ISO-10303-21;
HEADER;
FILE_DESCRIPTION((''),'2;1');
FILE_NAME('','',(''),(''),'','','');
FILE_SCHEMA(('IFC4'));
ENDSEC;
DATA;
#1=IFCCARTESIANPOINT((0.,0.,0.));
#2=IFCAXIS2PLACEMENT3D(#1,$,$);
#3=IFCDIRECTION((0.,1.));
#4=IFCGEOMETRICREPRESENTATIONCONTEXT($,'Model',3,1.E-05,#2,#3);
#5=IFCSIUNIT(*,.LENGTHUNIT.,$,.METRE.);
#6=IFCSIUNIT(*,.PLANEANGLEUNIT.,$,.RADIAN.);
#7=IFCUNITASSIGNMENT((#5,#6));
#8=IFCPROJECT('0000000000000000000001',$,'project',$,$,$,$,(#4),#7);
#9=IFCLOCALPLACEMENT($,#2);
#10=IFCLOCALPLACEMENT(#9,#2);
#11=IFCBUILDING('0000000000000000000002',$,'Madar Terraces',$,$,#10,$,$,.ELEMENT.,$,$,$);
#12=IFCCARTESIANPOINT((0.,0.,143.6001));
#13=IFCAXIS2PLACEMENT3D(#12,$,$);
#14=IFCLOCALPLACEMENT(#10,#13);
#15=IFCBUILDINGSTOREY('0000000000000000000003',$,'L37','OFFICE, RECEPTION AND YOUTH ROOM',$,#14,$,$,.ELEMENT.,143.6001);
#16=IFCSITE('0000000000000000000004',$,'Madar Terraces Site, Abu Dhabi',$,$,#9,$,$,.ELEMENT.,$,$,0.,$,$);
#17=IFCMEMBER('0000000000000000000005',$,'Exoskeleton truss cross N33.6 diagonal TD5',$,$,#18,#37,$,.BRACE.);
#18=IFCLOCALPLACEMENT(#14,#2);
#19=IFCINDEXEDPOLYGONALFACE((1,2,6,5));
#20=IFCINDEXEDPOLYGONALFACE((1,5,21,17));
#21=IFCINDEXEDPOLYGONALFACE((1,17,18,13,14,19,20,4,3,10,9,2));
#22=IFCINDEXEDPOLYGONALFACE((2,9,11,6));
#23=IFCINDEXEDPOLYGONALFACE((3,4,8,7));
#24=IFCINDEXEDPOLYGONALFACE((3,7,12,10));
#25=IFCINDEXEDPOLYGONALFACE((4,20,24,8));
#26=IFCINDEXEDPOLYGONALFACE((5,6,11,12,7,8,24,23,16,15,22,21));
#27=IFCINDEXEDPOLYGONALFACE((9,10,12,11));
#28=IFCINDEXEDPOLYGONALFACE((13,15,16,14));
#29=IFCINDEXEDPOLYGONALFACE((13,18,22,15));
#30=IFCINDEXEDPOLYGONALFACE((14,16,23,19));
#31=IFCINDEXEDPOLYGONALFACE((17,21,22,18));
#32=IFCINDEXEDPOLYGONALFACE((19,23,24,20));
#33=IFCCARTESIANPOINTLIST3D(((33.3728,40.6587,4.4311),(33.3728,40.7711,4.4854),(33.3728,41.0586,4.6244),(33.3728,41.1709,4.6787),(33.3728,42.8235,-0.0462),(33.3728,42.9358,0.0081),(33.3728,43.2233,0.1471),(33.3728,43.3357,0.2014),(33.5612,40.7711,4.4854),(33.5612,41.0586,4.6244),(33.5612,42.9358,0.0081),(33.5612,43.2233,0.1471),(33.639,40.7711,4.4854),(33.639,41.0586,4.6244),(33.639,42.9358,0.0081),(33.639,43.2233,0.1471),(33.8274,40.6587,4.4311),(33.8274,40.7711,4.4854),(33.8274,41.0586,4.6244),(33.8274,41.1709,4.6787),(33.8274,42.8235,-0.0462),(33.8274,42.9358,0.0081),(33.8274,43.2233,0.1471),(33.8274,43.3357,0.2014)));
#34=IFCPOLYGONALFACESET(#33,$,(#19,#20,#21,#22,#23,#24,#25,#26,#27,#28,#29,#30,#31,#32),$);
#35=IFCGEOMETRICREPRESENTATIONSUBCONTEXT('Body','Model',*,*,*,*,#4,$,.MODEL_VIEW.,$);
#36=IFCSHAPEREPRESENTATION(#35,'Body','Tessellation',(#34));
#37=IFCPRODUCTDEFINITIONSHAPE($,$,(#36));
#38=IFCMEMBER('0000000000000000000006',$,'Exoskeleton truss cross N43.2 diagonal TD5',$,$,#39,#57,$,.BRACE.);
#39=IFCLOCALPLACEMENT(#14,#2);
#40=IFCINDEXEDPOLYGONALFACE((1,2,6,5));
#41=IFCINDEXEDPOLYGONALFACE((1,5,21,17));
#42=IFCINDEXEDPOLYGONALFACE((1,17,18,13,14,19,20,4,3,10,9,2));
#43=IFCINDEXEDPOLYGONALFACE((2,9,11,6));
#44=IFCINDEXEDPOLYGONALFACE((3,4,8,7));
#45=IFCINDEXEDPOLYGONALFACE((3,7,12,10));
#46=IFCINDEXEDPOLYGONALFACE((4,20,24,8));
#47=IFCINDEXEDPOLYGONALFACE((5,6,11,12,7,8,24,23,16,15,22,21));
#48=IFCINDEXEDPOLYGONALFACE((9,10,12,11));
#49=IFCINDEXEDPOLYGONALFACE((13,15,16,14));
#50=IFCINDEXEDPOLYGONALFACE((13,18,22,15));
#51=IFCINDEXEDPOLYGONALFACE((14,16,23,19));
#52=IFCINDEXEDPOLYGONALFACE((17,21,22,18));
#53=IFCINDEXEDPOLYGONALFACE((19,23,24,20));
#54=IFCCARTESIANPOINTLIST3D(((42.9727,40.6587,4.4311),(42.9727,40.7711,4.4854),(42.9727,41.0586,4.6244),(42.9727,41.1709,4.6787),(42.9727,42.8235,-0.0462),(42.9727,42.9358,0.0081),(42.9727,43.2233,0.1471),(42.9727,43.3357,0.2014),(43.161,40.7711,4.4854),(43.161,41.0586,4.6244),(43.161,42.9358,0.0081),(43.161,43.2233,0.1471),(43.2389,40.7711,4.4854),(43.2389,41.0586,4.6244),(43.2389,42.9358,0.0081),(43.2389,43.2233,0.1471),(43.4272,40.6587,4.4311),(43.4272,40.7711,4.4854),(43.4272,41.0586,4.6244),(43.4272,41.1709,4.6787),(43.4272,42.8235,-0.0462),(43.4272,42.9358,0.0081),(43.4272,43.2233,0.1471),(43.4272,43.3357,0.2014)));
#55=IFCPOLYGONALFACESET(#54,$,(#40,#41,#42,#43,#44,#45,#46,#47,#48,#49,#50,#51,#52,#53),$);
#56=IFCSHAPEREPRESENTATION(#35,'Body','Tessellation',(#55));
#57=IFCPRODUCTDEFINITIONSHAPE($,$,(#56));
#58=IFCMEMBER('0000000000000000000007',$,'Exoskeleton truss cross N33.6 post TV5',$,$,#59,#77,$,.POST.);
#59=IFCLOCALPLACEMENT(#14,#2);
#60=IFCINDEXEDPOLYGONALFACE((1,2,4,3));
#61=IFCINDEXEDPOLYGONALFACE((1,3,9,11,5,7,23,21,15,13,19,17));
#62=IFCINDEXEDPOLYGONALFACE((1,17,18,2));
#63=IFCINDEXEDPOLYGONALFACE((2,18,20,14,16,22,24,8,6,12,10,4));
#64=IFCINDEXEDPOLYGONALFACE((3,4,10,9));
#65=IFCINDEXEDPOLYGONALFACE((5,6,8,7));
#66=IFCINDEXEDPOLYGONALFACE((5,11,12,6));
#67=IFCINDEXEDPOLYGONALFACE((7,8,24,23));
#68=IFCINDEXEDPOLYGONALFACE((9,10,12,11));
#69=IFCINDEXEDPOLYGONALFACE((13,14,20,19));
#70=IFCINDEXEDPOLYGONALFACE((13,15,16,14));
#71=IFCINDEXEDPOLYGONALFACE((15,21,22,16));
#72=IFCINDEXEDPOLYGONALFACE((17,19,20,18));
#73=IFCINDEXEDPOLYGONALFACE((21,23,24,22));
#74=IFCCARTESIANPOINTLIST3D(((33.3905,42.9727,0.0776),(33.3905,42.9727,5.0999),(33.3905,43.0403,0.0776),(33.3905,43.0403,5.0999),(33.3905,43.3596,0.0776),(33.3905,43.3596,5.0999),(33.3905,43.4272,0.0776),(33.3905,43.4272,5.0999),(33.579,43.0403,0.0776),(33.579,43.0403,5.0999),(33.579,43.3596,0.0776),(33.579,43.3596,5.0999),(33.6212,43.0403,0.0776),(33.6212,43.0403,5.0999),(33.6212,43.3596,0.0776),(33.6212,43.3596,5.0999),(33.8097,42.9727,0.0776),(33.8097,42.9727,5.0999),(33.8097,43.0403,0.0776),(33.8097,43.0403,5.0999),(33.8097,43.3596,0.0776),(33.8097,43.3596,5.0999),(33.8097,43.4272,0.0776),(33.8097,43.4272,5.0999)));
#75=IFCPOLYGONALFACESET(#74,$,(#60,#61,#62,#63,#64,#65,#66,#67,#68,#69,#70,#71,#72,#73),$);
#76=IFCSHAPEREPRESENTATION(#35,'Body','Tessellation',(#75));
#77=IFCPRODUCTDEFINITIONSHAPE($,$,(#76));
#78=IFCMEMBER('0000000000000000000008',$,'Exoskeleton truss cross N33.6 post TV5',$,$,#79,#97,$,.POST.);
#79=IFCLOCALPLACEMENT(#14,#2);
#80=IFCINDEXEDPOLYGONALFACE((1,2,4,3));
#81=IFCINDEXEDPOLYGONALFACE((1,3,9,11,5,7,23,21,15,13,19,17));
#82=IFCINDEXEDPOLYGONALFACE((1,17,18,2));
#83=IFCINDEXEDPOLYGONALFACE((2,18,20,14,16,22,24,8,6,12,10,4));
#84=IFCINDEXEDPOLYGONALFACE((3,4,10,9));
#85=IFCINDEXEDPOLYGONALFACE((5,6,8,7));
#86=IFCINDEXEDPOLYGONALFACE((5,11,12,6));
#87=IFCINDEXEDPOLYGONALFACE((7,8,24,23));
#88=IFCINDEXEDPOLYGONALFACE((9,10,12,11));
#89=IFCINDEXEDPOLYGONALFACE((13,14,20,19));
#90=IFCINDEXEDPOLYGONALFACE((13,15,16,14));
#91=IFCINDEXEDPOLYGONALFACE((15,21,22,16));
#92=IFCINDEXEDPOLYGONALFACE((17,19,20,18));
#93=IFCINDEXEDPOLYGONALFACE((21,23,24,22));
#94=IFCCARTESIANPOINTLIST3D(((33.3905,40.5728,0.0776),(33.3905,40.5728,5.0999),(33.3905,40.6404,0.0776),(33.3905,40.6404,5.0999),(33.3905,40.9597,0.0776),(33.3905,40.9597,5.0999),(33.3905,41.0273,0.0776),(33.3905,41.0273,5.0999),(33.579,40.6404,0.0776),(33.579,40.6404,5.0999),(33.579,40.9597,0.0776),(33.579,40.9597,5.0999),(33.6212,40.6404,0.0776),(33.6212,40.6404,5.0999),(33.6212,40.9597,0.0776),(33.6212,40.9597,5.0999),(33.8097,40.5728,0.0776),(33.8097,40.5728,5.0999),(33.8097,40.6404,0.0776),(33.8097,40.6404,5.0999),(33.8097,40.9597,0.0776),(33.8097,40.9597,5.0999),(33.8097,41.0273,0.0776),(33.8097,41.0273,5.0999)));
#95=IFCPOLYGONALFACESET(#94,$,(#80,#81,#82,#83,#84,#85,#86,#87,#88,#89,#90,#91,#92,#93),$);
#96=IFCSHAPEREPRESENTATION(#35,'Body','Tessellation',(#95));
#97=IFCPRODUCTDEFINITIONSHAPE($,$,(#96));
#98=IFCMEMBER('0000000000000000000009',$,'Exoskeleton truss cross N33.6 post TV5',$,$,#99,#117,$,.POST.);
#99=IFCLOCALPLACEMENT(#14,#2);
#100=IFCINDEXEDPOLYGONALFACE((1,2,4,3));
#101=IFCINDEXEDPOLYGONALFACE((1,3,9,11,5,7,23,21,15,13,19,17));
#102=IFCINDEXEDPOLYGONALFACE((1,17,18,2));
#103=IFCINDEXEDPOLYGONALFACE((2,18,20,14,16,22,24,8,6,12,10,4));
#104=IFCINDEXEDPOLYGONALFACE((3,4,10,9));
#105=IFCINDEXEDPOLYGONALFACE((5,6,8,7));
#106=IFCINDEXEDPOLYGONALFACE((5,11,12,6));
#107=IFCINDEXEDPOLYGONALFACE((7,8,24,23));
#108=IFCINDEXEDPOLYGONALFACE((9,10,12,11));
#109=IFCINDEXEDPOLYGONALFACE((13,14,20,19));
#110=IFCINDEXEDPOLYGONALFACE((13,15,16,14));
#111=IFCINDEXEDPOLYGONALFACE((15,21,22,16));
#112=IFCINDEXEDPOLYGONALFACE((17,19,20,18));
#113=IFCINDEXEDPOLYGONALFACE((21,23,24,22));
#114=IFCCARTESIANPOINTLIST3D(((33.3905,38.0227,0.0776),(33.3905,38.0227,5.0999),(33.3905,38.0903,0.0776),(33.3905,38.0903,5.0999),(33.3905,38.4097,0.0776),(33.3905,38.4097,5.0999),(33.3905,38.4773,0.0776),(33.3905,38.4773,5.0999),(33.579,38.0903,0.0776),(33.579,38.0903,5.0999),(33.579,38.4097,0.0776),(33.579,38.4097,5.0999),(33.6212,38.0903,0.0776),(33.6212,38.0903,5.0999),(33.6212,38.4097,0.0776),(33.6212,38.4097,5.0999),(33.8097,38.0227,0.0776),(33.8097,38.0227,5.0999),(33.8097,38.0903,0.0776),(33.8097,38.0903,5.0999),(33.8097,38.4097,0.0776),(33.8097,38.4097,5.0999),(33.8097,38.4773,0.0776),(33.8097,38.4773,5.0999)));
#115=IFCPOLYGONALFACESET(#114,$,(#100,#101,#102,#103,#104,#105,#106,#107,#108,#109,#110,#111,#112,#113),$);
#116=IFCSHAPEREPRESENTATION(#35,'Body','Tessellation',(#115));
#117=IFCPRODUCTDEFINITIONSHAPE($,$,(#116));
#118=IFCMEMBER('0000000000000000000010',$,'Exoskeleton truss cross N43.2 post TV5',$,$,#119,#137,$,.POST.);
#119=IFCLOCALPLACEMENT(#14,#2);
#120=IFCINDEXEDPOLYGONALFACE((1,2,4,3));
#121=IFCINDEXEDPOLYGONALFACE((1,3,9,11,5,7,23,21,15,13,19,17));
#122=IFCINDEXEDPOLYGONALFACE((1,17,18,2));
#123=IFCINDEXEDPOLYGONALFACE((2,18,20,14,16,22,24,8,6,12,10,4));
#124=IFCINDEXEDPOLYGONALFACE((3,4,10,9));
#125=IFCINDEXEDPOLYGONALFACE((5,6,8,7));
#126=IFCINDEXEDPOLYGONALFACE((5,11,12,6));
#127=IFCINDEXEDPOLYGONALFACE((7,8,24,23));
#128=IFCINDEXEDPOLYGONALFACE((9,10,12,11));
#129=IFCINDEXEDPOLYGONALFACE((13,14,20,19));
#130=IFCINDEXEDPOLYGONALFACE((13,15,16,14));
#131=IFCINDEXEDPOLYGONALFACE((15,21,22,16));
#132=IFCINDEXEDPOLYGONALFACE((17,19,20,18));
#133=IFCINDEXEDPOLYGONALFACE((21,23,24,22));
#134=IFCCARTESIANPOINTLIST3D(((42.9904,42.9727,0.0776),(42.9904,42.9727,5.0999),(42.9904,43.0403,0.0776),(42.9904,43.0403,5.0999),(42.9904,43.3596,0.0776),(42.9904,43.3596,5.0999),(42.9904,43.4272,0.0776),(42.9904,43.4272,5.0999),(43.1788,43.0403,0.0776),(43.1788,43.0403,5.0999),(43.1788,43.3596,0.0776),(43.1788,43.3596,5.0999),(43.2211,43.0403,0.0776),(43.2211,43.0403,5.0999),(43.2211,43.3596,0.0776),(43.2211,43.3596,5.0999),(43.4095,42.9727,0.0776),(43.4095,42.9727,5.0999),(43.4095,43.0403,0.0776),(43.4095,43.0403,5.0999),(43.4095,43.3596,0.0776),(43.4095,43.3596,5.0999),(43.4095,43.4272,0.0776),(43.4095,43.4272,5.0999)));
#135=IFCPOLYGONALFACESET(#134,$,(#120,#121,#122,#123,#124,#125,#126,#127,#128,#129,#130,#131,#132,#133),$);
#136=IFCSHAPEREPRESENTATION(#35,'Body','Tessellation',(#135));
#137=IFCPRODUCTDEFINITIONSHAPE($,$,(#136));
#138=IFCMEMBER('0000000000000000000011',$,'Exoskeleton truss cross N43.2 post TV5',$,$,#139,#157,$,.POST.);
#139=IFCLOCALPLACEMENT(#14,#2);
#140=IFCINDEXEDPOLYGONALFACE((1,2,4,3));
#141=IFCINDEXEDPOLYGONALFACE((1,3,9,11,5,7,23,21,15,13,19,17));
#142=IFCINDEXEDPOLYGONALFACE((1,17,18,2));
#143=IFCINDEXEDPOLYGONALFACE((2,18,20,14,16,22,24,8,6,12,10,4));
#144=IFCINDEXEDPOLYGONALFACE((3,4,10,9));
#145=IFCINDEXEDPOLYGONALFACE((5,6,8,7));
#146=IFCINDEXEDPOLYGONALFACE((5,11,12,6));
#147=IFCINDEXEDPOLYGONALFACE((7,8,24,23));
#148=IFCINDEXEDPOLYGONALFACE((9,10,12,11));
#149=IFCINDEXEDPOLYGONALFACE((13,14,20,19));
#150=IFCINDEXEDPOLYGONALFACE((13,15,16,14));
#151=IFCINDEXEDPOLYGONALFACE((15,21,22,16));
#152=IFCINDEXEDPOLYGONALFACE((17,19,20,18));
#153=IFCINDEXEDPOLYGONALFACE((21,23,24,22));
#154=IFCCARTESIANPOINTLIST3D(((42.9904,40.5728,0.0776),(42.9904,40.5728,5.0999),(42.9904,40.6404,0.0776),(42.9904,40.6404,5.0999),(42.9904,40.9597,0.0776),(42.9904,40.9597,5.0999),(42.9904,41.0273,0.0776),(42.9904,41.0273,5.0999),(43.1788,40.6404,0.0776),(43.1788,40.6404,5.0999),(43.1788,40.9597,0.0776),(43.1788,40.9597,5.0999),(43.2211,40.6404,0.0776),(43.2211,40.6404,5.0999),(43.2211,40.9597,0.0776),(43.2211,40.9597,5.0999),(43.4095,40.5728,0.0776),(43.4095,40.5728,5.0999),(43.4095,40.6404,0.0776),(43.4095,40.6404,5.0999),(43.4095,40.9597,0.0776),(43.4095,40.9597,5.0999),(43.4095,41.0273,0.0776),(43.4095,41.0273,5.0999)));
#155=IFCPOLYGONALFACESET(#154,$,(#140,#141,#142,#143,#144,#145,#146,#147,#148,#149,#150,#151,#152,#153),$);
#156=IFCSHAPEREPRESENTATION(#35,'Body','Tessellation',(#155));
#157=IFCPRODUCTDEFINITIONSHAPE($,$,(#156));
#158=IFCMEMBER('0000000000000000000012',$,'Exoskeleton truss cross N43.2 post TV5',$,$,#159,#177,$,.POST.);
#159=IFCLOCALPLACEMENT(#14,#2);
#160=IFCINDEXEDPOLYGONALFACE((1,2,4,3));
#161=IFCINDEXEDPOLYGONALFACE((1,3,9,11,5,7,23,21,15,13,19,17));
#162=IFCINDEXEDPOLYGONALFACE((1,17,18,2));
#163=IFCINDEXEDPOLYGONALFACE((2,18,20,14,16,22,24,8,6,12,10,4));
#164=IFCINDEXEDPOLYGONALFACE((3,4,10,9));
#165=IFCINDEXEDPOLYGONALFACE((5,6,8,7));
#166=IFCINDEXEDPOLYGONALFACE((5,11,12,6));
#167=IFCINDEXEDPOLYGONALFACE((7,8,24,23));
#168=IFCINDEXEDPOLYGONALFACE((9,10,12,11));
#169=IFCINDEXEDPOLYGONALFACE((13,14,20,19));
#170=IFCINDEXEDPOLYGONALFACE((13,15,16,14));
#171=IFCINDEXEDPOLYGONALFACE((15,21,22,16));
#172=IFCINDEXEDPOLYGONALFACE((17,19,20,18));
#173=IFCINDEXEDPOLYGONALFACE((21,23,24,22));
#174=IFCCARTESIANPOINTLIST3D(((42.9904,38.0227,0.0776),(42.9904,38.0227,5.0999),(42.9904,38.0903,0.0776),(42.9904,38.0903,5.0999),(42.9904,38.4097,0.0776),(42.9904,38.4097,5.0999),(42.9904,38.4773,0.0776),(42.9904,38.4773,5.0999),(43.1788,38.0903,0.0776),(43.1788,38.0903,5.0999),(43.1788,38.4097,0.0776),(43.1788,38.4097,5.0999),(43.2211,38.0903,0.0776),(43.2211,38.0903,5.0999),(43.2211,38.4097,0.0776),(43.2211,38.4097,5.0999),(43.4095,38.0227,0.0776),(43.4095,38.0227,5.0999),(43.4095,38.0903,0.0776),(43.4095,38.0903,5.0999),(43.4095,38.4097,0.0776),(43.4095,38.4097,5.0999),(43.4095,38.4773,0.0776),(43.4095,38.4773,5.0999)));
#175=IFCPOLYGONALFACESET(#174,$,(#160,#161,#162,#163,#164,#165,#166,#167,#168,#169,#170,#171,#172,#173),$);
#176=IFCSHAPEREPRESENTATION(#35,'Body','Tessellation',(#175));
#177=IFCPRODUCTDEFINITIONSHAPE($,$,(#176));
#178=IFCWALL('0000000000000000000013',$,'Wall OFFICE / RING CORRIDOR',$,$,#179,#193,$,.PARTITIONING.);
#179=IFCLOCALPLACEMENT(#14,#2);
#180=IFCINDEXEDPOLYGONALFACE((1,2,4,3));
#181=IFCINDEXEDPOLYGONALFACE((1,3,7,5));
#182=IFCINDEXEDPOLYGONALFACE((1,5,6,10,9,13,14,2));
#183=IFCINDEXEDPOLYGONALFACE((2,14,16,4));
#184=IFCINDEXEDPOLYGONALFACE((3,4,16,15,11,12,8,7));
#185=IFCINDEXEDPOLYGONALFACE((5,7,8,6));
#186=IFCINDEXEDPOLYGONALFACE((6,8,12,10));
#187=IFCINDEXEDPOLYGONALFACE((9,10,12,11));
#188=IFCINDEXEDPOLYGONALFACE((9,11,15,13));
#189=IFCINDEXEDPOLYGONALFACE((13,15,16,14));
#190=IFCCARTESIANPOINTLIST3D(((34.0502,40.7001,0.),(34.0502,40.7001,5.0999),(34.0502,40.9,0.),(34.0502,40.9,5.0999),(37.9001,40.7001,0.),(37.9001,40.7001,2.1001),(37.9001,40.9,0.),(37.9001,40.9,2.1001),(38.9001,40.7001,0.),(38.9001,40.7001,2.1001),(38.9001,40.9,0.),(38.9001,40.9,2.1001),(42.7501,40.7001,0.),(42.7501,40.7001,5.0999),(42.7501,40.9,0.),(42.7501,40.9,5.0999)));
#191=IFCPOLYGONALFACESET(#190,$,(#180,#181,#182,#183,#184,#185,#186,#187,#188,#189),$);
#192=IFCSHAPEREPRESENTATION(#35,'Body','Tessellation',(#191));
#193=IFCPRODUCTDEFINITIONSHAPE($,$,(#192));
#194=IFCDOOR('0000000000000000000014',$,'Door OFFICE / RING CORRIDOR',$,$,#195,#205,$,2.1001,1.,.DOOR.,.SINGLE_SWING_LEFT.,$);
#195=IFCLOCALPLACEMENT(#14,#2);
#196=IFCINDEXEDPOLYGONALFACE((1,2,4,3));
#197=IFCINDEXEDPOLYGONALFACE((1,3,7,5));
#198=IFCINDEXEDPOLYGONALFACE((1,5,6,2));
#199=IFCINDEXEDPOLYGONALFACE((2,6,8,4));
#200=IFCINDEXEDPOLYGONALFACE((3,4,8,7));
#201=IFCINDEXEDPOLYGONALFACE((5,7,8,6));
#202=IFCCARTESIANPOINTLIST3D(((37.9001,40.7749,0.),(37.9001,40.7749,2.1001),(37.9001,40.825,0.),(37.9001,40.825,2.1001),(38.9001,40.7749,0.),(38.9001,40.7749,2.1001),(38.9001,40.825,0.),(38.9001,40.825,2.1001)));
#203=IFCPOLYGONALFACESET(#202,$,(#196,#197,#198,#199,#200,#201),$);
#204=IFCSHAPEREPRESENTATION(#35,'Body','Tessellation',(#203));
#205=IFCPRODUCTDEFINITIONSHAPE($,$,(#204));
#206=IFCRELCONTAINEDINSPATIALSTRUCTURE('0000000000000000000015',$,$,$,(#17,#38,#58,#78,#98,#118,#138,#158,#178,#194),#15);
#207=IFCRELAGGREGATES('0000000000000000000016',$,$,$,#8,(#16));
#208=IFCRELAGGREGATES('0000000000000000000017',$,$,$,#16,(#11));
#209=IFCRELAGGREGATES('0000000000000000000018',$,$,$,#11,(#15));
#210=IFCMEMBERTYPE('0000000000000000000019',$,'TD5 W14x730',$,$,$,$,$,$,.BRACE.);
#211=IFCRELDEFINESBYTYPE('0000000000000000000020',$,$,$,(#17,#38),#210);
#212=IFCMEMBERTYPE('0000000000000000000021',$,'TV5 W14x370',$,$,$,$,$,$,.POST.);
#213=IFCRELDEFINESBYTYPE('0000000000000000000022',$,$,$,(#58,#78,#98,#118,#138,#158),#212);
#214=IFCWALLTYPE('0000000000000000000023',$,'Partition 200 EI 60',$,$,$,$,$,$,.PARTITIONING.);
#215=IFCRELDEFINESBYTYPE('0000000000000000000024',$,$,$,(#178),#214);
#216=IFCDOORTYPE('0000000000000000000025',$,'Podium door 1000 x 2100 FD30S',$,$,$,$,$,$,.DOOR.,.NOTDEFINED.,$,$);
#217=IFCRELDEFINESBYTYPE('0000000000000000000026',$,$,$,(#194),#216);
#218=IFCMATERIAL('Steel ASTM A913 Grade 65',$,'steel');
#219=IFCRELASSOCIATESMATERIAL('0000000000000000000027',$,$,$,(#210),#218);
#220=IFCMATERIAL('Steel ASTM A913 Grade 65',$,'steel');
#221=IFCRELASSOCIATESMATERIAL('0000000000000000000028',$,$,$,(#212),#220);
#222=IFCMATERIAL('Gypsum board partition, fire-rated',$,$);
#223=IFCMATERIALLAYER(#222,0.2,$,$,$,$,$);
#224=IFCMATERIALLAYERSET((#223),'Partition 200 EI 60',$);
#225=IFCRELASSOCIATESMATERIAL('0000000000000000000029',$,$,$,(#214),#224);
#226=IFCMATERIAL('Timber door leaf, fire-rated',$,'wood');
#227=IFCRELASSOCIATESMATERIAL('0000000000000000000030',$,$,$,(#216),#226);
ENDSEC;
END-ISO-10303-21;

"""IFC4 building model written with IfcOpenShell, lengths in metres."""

from ifc_helpers import new_model, si_unit, direction, frame, frame_2d, origin, origin_2d, place, context, subcontext, project, spatial, rectangle, i_section, extrude, material, layer, layer_set, material_profile, profile_set, type_object, element, fill, save


model = new_model("IFC4")

# Units and contexts
model_context = context("Model", 3, precision=1e-05, world=origin(), true_north=direction((0.0, 1.0)))
body_context = subcontext(model_context, "Body", "Model", "MODEL_VIEW")
ifc_project = project(units=[si_unit("LENGTHUNIT", "METRE"), si_unit("PLANEANGLEUNIT", "RADIAN")], contexts=[model_context])

# Site, building, storey
site_placement = place(None, origin())
site = spatial("IfcSite", under=ifc_project, at=site_placement, Name="Madar Terraces Site, Abu Dhabi", CompositionType="ELEMENT", RefElevation=0.0)
building_placement = place(site_placement, origin())
building = spatial("IfcBuilding", under=site, at=building_placement, Name="Madar Terraces", CompositionType="ELEMENT")
storey_placement = place(building_placement, frame((0.0, 0.0, 143.6001)))
storey = spatial("IfcBuildingStorey", under=building, at=storey_placement, Name="L37", Description="OFFICE, RECEPTION AND YOUTH ROOM", CompositionType="ELEMENT", Elevation=143.6001)

# Members
ifc_material_1 = material(Name="Steel ASTM A913 Grade 65", Category="steel")
ifc_material_profile_1 = material_profile(ifc_material_1, i_section(OverallWidth=0.4546, OverallDepth=0.5688, WebThickness=0.0779, FlangeThickness=0.1248, at=origin_2d()), Name="W14x730")
ifc_profile_set_1 = profile_set([ifc_material_profile_1], Name="Steel ASTM A913 Grade 65")
member_type_1 = type_object("IfcMemberType", Name="TD5 W14x730", PredefinedType="BRACE", material=ifc_profile_set_1)
for number, where, z_axis, x_axis, name in (
    (1, (33.6001, 43.0796, 0.0776), (0.0, -0.435294, 0.900288), (1.0, 0.0, 0.0), "Exoskeleton truss cross N33.6 diagonal TD5"),
    (2, (43.2, 43.0796, 0.0776), (0.0, -0.435294, 0.900288), (1.0, 0.0, 0.0), "Exoskeleton truss cross N43.2 diagonal TD5"),
):
    element("IfcMember", number, at=place(storey_placement, frame(where, z_axis=z_axis, x_axis=x_axis)), inside=storey, type_object=member_type_1, Name=name, PredefinedType="BRACE", context=body_context, shape_type="SweptSolid", body=[
        extrude(i_section(OverallWidth=0.4546, OverallDepth=0.5688, WebThickness=0.0779, FlangeThickness=0.1248, at=origin_2d()), origin(), (0.0, 0.0, 1.0), 4.9731),
    ])
ifc_material_2 = material(Name="Steel ASTM A913 Grade 65", Category="steel")
ifc_material_profile_2 = material_profile(ifc_material_2, i_section(OverallWidth=0.4192, OverallDepth=0.4546, WebThickness=0.0422, FlangeThickness=0.0676, at=origin_2d()), Name="W14x370")
ifc_profile_set_2 = profile_set([ifc_material_profile_2], Name="Steel ASTM A913 Grade 65")
member_type_2 = type_object("IfcMemberType", Name="TV5 W14x370", PredefinedType="POST", material=ifc_profile_set_2)
for number, where, z_axis, x_axis, name in (
    (3, (33.6001, 43.2, 0.0776), (0.0, 0.0, 1.0), (-1.0, 0.0, 0.0), "Exoskeleton truss cross N33.6 post TV5"),
    (4, (33.6001, 40.8, 0.0776), (0.0, 0.0, 1.0), (-1.0, 0.0, 0.0), "Exoskeleton truss cross N33.6 post TV5"),
    (5, (33.6001, 38.25, 0.0776), (0.0, 0.0, 1.0), (-1.0, 0.0, 0.0), "Exoskeleton truss cross N33.6 post TV5"),
    (6, (43.2, 43.2, 0.0776), (0.0, 0.0, 1.0), (-1.0, 0.0, 0.0), "Exoskeleton truss cross N43.2 post TV5"),
    (7, (43.2, 40.8, 0.0776), (0.0, 0.0, 1.0), (-1.0, 0.0, 0.0), "Exoskeleton truss cross N43.2 post TV5"),
    (8, (43.2, 38.25, 0.0776), (0.0, 0.0, 1.0), (-1.0, 0.0, 0.0), "Exoskeleton truss cross N43.2 post TV5"),
):
    element("IfcMember", number, at=place(storey_placement, frame(where, z_axis=z_axis, x_axis=x_axis)), inside=storey, type_object=member_type_2, Name=name, PredefinedType="POST", context=body_context, shape_type="SweptSolid", body=[
        extrude(i_section(OverallWidth=0.4192, OverallDepth=0.4546, WebThickness=0.0422, FlangeThickness=0.0676, at=origin_2d()), origin(), (0.0, 0.0, 1.0), 5.0222),
    ])

# Wall, opening, door
ifc_material_3 = material(Name="Gypsum board partition, fire-rated")
ifc_layer_1 = layer(ifc_material_3, 0.2)
ifc_layer_set_1 = layer_set([ifc_layer_1], Name="Partition 200 EI 60")
wall_type_1 = type_object("IfcWallType", Name="Partition 200 EI 60", PredefinedType="PARTITIONING", material=ifc_layer_set_1)
wall_1_placement = place(storey_placement, frame((34.05, 40.8, 0.0), z_axis=(0.0, 0.0, 1.0), x_axis=(1.0, 0.0, 0.0)))
wall_1 = element("IfcWall", 9, at=wall_1_placement, inside=storey, type_object=wall_type_1, Name="Wall OFFICE / RING CORRIDOR", PredefinedType="PARTITIONING", context=body_context, shape_type="SweptSolid", body=[
    extrude(rectangle(XDim=8.7, YDim=0.2, at=frame_2d((4.3501, 0.0))), origin(), (0.0, 0.0, 1.0), 5.0999),
])
opening_placement = place(wall_1_placement, frame((3.8501, 0.0, 0.0)))
opening = element("IfcOpeningElement", 10, at=opening_placement, cuts=wall_1, PredefinedType="OPENING", context=body_context, shape_type="SweptSolid", body=[
    extrude(rectangle(XDim=1.0, YDim=2.1001, at=frame_2d((0.5, 1.05))), frame((0.0, 0.1099, 0.0), z_axis=(0.0, -1.0, 0.0), x_axis=(1.0, 0.0, 0.0)), (0.0, 0.0, 1.0), 0.22),
])
ifc_material_4 = material(Name="Timber door leaf, fire-rated", Category="wood")
door_type = type_object("IfcDoorType", Name="Podium door 1000 x 2100 FD30S", OperationType="NOTDEFINED", PredefinedType="DOOR", material=ifc_material_4)
door_placement = place(opening_placement, origin())
door = element("IfcDoor", 11, at=door_placement, inside=storey, type_object=door_type, Name="Door OFFICE / RING CORRIDOR", OperationType="SINGLE_SWING_LEFT", OverallHeight=2.1001, OverallWidth=1.0, PredefinedType="DOOR", context=body_context, shape_type="SweptSolid", body=[
    extrude(rectangle(XDim=1.0, YDim=2.1001, at=frame_2d((0.5, 1.05))), frame((0.0, 0.0249, 0.0), z_axis=(0.0, -1.0, 0.0), x_axis=(1.0, 0.0, 0.0)), (0.0, 0.0, 1.0), 0.05),
])
fill(opening, door)

save(model, "model.ifc")
